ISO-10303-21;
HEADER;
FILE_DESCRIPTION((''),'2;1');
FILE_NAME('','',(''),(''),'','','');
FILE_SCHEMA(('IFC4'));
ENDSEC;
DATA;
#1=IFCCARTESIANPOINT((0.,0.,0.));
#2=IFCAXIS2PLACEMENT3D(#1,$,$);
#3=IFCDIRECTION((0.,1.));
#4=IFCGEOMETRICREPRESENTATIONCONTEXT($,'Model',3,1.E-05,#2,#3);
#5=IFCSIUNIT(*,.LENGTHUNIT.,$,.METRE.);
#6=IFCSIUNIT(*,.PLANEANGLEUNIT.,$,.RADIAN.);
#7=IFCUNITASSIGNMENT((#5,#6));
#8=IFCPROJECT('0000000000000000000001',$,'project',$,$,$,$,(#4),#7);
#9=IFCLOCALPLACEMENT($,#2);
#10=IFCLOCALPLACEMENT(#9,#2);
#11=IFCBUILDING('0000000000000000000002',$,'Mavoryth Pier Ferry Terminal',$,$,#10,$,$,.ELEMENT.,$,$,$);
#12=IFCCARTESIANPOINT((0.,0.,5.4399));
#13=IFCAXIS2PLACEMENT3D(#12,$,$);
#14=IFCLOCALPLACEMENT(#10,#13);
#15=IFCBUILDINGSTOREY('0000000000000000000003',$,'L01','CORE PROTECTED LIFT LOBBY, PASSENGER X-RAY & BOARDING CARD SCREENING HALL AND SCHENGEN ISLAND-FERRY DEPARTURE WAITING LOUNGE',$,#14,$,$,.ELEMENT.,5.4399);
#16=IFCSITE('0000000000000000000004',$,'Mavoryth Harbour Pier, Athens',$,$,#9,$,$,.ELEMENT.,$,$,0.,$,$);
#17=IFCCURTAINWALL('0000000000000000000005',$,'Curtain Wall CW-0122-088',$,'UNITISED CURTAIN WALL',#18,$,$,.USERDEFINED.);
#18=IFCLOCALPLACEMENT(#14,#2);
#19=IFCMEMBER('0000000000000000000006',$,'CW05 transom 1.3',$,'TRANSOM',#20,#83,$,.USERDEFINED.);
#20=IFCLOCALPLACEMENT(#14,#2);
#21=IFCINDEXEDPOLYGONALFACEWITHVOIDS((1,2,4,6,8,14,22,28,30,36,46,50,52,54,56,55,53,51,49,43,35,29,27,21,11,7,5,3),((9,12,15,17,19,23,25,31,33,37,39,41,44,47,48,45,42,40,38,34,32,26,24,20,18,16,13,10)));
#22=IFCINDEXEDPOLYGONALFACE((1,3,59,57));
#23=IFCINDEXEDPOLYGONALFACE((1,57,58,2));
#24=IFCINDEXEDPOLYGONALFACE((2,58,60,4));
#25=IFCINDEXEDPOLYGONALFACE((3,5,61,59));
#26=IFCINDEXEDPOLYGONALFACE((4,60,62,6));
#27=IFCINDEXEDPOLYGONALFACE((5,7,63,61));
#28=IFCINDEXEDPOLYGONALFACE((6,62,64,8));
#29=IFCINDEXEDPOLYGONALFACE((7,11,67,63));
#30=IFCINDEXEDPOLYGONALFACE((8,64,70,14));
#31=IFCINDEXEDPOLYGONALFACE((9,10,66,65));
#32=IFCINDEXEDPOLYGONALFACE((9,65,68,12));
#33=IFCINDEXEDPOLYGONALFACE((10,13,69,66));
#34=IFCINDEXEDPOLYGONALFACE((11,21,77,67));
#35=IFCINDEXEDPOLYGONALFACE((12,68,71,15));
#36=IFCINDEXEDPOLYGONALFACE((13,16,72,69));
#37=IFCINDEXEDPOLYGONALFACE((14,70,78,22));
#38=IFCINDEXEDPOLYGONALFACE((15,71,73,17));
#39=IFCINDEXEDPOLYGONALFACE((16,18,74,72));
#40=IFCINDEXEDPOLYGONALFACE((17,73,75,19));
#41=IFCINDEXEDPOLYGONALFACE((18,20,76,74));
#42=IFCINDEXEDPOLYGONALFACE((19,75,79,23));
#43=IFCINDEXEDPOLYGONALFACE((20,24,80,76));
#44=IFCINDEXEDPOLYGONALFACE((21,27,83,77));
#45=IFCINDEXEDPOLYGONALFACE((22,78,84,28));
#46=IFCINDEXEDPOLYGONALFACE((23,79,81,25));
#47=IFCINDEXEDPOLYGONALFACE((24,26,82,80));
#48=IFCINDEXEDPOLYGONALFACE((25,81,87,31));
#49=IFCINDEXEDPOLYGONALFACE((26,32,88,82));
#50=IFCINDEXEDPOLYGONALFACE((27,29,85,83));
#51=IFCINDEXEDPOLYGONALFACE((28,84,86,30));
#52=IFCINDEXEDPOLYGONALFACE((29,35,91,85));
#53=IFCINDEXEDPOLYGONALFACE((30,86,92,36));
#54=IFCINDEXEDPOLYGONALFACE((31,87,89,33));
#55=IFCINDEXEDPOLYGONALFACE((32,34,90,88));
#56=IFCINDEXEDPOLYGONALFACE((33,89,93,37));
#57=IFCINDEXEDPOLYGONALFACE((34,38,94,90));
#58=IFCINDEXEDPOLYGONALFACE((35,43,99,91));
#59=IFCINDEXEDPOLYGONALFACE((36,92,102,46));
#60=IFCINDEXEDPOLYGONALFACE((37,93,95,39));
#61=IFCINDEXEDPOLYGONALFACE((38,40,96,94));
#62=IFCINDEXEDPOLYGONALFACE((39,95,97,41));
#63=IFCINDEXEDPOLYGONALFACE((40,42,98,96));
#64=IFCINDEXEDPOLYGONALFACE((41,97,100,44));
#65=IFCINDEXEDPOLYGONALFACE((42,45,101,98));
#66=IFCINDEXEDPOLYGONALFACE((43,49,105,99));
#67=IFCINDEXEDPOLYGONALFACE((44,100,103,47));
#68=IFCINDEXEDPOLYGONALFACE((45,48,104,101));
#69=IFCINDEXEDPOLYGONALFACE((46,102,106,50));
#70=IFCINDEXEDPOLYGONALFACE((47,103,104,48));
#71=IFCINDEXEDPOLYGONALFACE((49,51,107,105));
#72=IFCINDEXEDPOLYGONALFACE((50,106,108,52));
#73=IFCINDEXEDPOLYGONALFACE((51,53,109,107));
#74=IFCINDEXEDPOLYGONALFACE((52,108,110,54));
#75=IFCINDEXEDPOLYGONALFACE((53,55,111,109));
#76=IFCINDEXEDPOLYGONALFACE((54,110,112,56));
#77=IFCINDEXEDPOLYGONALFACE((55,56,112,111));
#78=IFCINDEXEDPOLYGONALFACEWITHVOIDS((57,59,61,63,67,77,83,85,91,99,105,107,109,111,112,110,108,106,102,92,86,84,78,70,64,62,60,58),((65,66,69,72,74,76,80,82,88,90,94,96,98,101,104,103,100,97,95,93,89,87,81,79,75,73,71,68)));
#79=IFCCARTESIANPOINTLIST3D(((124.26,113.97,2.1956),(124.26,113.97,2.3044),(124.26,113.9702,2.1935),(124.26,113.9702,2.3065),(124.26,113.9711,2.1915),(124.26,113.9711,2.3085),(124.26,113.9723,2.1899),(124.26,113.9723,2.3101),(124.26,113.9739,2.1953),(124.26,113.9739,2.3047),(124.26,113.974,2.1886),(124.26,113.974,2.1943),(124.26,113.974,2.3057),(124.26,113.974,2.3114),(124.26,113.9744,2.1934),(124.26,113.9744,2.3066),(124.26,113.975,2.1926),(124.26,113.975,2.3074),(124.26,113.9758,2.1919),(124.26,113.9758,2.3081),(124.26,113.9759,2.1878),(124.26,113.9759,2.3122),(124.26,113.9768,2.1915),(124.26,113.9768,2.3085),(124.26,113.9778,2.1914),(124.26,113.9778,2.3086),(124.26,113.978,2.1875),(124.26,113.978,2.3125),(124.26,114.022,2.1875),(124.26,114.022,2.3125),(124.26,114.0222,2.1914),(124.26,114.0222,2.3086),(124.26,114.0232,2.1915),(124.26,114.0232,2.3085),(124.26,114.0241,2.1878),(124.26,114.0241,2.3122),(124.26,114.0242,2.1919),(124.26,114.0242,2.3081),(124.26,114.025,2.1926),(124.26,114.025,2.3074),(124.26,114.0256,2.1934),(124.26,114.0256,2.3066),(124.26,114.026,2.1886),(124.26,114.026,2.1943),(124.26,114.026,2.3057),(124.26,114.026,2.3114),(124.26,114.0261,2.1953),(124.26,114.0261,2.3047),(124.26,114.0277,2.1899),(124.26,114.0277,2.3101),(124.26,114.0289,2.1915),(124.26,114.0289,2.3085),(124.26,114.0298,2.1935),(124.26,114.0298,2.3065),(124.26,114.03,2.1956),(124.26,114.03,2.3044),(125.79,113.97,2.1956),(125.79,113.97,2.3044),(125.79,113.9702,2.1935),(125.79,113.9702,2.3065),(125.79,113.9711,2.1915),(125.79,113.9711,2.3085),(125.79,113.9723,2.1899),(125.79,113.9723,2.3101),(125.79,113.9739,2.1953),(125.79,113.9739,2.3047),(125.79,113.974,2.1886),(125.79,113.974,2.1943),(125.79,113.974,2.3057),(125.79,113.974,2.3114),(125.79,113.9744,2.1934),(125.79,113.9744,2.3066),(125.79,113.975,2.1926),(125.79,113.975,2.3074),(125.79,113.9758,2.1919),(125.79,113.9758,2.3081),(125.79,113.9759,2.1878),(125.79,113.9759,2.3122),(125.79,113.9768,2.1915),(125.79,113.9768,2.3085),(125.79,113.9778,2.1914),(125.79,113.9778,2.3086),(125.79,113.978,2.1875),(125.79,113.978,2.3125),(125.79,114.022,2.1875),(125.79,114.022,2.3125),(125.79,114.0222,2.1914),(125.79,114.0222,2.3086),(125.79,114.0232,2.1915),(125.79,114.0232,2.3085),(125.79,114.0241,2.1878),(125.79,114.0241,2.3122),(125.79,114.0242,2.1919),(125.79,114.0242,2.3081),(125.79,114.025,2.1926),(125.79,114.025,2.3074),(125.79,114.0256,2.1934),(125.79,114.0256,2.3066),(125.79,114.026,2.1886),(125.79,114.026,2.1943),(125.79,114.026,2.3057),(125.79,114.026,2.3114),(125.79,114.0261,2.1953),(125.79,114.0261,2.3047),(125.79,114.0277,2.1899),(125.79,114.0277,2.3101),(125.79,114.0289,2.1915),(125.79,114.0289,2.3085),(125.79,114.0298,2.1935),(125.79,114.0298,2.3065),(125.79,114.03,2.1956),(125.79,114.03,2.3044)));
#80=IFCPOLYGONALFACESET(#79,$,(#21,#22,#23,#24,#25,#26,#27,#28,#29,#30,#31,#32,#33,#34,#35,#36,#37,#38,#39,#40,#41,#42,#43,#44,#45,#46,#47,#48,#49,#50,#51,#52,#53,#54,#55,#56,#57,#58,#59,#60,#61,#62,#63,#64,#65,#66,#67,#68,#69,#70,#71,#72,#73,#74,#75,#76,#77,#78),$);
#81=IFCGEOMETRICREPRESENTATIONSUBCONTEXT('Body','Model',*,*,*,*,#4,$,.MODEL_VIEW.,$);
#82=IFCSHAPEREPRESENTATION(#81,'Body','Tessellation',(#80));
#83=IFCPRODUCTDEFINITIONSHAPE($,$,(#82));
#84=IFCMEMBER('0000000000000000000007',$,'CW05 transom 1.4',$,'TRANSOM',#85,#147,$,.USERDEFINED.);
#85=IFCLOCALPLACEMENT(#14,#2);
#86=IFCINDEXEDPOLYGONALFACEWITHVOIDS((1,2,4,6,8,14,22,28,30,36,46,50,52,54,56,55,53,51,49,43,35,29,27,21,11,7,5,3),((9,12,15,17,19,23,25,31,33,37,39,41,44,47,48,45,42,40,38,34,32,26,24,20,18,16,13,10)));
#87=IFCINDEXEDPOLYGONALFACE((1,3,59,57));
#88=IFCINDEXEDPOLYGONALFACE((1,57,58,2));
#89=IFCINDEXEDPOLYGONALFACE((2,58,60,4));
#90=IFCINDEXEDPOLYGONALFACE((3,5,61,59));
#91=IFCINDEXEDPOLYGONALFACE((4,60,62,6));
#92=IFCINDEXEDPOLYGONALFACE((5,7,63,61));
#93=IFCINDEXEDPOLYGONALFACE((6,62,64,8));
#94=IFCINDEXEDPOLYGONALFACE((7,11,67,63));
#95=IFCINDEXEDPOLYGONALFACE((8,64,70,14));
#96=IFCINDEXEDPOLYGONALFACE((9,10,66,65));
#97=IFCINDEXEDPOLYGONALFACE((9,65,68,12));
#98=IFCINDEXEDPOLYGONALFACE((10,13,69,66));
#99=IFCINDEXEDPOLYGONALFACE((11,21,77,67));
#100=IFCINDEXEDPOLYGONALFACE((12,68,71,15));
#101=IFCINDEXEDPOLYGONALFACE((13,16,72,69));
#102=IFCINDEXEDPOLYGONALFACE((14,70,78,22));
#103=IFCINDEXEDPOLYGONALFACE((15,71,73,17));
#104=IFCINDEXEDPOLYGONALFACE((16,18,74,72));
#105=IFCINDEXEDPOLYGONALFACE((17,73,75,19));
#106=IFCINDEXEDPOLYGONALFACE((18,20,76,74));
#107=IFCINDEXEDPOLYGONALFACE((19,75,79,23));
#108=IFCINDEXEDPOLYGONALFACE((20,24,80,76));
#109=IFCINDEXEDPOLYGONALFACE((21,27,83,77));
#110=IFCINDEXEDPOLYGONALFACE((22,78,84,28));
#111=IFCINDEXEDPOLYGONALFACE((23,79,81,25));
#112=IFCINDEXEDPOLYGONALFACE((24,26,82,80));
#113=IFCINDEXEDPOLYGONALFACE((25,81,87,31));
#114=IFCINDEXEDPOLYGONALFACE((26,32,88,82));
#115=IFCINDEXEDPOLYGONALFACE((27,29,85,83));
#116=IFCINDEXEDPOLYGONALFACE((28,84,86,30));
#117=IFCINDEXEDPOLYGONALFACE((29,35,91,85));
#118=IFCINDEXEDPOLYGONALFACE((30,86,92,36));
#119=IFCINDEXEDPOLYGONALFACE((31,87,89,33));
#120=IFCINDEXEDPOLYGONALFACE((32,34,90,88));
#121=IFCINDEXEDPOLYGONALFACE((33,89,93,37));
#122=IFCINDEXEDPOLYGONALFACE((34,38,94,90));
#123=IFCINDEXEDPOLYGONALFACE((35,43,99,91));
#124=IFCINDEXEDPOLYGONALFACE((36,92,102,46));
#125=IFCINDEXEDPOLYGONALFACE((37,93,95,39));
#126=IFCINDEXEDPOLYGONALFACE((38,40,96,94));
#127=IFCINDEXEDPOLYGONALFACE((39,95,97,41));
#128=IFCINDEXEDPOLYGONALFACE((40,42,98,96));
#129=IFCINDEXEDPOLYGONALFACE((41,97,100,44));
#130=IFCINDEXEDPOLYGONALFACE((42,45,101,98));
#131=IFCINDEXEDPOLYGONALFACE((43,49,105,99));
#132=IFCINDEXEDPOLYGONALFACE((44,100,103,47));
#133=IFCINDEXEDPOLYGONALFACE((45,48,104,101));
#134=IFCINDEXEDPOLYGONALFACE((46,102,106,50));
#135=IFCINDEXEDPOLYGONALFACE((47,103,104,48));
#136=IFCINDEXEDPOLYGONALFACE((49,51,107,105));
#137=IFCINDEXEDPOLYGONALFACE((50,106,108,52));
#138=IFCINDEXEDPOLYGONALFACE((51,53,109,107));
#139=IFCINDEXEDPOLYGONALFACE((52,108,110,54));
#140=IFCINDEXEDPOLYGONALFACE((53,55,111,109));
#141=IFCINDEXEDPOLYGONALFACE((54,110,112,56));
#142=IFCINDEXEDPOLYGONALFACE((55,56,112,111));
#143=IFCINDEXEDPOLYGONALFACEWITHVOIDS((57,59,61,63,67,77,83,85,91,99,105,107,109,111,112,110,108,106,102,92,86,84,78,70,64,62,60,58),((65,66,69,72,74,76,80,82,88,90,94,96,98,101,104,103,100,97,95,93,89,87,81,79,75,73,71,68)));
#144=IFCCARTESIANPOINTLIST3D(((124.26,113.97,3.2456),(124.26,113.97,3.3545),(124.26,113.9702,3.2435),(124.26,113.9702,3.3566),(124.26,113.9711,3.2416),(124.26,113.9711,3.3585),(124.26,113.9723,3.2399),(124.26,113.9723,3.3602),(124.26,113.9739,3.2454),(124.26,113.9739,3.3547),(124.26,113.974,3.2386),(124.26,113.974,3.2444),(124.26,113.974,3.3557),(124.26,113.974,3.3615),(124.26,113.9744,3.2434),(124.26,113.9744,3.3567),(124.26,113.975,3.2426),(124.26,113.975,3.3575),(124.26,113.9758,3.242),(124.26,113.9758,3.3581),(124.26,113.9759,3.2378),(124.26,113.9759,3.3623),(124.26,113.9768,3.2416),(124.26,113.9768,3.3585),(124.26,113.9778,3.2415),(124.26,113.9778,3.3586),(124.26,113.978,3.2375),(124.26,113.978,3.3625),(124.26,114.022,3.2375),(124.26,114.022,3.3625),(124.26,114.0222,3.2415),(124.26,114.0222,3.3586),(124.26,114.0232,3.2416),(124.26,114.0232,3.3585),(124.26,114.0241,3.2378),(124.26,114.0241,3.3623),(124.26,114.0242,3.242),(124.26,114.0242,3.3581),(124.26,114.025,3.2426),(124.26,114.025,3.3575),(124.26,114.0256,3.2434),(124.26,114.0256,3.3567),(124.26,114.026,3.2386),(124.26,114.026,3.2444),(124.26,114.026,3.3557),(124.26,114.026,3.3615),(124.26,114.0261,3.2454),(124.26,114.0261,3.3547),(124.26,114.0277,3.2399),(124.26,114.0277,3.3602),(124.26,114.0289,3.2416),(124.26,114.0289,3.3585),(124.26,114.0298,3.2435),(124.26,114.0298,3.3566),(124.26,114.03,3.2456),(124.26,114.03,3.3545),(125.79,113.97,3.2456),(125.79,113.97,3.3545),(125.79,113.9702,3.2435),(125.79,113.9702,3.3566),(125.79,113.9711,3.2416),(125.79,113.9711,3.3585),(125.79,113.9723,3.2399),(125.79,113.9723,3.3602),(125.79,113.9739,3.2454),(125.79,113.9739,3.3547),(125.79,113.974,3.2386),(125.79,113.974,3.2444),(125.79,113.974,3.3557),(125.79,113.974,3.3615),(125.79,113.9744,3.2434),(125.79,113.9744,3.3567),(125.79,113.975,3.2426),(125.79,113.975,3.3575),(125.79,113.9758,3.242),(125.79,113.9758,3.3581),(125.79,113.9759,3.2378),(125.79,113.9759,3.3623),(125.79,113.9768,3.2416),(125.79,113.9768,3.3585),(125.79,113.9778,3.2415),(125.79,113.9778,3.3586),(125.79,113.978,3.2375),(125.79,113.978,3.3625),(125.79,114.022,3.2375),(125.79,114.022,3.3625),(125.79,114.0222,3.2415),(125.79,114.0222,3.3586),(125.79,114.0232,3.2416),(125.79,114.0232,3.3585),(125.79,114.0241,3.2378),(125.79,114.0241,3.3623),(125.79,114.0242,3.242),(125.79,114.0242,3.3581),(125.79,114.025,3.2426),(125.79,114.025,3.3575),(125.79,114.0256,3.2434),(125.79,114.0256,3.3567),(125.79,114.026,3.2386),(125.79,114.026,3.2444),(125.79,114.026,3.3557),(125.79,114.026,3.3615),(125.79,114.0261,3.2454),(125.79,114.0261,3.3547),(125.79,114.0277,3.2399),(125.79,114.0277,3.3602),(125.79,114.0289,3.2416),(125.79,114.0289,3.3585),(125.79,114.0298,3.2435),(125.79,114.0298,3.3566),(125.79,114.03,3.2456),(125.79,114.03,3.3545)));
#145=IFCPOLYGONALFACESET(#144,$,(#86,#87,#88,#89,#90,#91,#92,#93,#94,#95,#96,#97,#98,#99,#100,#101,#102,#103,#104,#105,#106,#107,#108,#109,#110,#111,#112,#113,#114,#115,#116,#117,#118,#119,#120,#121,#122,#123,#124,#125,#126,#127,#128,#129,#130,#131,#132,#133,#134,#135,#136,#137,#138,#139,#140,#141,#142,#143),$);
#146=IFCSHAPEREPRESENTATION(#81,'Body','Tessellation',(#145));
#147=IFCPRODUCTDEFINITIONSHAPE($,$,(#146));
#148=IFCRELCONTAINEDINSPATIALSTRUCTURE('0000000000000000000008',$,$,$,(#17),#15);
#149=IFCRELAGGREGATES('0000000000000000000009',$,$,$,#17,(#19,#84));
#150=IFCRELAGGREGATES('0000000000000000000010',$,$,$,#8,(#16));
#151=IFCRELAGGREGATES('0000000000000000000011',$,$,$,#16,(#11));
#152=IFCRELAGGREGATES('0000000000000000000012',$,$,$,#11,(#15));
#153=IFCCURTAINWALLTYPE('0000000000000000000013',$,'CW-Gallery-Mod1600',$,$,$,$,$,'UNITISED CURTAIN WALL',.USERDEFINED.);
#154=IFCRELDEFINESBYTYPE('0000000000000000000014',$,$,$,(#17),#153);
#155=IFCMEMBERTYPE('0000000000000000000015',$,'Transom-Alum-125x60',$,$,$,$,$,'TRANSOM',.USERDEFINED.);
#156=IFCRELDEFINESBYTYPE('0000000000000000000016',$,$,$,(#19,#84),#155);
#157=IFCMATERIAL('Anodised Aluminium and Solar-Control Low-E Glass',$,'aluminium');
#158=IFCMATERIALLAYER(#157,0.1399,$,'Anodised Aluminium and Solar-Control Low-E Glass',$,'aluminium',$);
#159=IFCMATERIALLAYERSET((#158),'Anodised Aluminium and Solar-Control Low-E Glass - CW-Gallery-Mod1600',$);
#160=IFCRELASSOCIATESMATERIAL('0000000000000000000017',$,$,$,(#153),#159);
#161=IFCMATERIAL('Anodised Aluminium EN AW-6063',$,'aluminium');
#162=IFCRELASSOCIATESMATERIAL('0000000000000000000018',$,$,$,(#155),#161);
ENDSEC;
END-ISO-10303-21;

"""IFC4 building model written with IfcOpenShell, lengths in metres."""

from ifc_helpers import new_model, si_unit, direction, frame, origin, origin_2d, place, context, subcontext, project, spatial, hollow_rectangle, extrude, material, layer, layer_set, material_profile, profile_set, type_object, element, aggregate, save


model = new_model("IFC4")

# Units and contexts
model_context = context("Model", 3, precision=1e-05, world=origin(), true_north=direction((0.0, 1.0)))
body_context = subcontext(model_context, "Body", "Model", "MODEL_VIEW")
ifc_project = project(units=[si_unit("LENGTHUNIT", "METRE"), si_unit("PLANEANGLEUNIT", "RADIAN")], contexts=[model_context])

# Site, building, storey
site_placement = place(None, origin())
site = spatial("IfcSite", under=ifc_project, at=site_placement, Name="Mavoryth Harbour Pier, Athens", CompositionType="ELEMENT", RefElevation=0.0)
building_placement = place(site_placement, origin())
building = spatial("IfcBuilding", under=site, at=building_placement, Name="Mavoryth Pier Ferry Terminal", CompositionType="ELEMENT")
storey_placement = place(building_placement, frame((0.0, 0.0, 5.4399)))
storey = spatial("IfcBuildingStorey", under=building, at=storey_placement, Name="L01", Description="CORE PROTECTED LIFT LOBBY, PASSENGER X-RAY & BOARDING CARD SCREENING HALL AND SCHENGEN ISLAND-FERRY DEPARTURE WAITING LOUNGE", CompositionType="ELEMENT", Elevation=5.4399)

# Curtain wall
ifc_material_1 = material(Name="Anodised Aluminium and Solar-Control Low-E Glass", Category="aluminium")
ifc_layer_1 = layer(ifc_material_1, 0.1399, Name="Anodised Aluminium and Solar-Control Low-E Glass", Category="aluminium")
ifc_layer_set_1 = layer_set([ifc_layer_1], Name="Anodised Aluminium and Solar-Control Low-E Glass - CW-Gallery-Mod1600")
curtain_wall_type = type_object("IfcCurtainWallType", Name="CW-Gallery-Mod1600", ElementType="UNITISED CURTAIN WALL", PredefinedType="USERDEFINED", material=ifc_layer_set_1)
curtain_wall_1_placement = place(storey_placement, origin())
curtain_wall_1 = element("IfcCurtainWall", 1, at=curtain_wall_1_placement, inside=storey, type_object=curtain_wall_type, Name="Curtain Wall CW-0122-088", ObjectType="UNITISED CURTAIN WALL", PredefinedType="USERDEFINED")
ifc_material_2 = material(Name="Anodised Aluminium EN AW-6063", Category="aluminium")

# Members
ifc_material_profile_1 = material_profile(ifc_material_2, hollow_rectangle(XDim=0.0601, YDim=0.125, WallThickness=0.0039, InnerFilletRadius=0.0039, OuterFilletRadius=0.0081, at=origin_2d()), Name="AL-TRAN 125x60x4", Category="aluminium")
ifc_profile_set_1 = profile_set([ifc_material_profile_1], Name="Anodised Aluminium EN AW-6063 - AL-TRAN 125x60x4")
member_type_1 = type_object("IfcMemberType", Name="Transom-Alum-125x60", ElementType="TRANSOM", PredefinedType="USERDEFINED", material=ifc_profile_set_1)
member_1_placement = place(storey_placement, frame((125.79, 114.0, 2.25), z_axis=(-1.0, 0.0, 0.0), x_axis=(0.0, -1.0, 0.0)))
member_1 = element("IfcMember", 2, at=member_1_placement, type_object=member_type_1, Name="CW05 transom 1.3", ObjectType="TRANSOM", PredefinedType="USERDEFINED", context=body_context, shape_type="SweptSolid", body=[
    extrude(hollow_rectangle(XDim=0.0601, YDim=0.125, WallThickness=0.0039, InnerFilletRadius=0.0039, OuterFilletRadius=0.0081, at=origin_2d()), origin(), (0.0, 0.0, 1.0), 1.53),
])
member_2_placement = place(storey_placement, frame((125.79, 114.0, 3.3), z_axis=(-1.0, 0.0, 0.0), x_axis=(0.0, -1.0, 0.0)))
member_2 = element("IfcMember", 3, at=member_2_placement, type_object=member_type_1, Name="CW05 transom 1.4", ObjectType="TRANSOM", PredefinedType="USERDEFINED", context=body_context, shape_type="SweptSolid", body=[
    extrude(hollow_rectangle(XDim=0.0601, YDim=0.125, WallThickness=0.0039, InnerFilletRadius=0.0039, OuterFilletRadius=0.0081, at=origin_2d()), origin(), (0.0, 0.0, 1.0), 1.53),
])

aggregate(curtain_wall_1, [member_1, member_2])

save(model, "model.ifc")
